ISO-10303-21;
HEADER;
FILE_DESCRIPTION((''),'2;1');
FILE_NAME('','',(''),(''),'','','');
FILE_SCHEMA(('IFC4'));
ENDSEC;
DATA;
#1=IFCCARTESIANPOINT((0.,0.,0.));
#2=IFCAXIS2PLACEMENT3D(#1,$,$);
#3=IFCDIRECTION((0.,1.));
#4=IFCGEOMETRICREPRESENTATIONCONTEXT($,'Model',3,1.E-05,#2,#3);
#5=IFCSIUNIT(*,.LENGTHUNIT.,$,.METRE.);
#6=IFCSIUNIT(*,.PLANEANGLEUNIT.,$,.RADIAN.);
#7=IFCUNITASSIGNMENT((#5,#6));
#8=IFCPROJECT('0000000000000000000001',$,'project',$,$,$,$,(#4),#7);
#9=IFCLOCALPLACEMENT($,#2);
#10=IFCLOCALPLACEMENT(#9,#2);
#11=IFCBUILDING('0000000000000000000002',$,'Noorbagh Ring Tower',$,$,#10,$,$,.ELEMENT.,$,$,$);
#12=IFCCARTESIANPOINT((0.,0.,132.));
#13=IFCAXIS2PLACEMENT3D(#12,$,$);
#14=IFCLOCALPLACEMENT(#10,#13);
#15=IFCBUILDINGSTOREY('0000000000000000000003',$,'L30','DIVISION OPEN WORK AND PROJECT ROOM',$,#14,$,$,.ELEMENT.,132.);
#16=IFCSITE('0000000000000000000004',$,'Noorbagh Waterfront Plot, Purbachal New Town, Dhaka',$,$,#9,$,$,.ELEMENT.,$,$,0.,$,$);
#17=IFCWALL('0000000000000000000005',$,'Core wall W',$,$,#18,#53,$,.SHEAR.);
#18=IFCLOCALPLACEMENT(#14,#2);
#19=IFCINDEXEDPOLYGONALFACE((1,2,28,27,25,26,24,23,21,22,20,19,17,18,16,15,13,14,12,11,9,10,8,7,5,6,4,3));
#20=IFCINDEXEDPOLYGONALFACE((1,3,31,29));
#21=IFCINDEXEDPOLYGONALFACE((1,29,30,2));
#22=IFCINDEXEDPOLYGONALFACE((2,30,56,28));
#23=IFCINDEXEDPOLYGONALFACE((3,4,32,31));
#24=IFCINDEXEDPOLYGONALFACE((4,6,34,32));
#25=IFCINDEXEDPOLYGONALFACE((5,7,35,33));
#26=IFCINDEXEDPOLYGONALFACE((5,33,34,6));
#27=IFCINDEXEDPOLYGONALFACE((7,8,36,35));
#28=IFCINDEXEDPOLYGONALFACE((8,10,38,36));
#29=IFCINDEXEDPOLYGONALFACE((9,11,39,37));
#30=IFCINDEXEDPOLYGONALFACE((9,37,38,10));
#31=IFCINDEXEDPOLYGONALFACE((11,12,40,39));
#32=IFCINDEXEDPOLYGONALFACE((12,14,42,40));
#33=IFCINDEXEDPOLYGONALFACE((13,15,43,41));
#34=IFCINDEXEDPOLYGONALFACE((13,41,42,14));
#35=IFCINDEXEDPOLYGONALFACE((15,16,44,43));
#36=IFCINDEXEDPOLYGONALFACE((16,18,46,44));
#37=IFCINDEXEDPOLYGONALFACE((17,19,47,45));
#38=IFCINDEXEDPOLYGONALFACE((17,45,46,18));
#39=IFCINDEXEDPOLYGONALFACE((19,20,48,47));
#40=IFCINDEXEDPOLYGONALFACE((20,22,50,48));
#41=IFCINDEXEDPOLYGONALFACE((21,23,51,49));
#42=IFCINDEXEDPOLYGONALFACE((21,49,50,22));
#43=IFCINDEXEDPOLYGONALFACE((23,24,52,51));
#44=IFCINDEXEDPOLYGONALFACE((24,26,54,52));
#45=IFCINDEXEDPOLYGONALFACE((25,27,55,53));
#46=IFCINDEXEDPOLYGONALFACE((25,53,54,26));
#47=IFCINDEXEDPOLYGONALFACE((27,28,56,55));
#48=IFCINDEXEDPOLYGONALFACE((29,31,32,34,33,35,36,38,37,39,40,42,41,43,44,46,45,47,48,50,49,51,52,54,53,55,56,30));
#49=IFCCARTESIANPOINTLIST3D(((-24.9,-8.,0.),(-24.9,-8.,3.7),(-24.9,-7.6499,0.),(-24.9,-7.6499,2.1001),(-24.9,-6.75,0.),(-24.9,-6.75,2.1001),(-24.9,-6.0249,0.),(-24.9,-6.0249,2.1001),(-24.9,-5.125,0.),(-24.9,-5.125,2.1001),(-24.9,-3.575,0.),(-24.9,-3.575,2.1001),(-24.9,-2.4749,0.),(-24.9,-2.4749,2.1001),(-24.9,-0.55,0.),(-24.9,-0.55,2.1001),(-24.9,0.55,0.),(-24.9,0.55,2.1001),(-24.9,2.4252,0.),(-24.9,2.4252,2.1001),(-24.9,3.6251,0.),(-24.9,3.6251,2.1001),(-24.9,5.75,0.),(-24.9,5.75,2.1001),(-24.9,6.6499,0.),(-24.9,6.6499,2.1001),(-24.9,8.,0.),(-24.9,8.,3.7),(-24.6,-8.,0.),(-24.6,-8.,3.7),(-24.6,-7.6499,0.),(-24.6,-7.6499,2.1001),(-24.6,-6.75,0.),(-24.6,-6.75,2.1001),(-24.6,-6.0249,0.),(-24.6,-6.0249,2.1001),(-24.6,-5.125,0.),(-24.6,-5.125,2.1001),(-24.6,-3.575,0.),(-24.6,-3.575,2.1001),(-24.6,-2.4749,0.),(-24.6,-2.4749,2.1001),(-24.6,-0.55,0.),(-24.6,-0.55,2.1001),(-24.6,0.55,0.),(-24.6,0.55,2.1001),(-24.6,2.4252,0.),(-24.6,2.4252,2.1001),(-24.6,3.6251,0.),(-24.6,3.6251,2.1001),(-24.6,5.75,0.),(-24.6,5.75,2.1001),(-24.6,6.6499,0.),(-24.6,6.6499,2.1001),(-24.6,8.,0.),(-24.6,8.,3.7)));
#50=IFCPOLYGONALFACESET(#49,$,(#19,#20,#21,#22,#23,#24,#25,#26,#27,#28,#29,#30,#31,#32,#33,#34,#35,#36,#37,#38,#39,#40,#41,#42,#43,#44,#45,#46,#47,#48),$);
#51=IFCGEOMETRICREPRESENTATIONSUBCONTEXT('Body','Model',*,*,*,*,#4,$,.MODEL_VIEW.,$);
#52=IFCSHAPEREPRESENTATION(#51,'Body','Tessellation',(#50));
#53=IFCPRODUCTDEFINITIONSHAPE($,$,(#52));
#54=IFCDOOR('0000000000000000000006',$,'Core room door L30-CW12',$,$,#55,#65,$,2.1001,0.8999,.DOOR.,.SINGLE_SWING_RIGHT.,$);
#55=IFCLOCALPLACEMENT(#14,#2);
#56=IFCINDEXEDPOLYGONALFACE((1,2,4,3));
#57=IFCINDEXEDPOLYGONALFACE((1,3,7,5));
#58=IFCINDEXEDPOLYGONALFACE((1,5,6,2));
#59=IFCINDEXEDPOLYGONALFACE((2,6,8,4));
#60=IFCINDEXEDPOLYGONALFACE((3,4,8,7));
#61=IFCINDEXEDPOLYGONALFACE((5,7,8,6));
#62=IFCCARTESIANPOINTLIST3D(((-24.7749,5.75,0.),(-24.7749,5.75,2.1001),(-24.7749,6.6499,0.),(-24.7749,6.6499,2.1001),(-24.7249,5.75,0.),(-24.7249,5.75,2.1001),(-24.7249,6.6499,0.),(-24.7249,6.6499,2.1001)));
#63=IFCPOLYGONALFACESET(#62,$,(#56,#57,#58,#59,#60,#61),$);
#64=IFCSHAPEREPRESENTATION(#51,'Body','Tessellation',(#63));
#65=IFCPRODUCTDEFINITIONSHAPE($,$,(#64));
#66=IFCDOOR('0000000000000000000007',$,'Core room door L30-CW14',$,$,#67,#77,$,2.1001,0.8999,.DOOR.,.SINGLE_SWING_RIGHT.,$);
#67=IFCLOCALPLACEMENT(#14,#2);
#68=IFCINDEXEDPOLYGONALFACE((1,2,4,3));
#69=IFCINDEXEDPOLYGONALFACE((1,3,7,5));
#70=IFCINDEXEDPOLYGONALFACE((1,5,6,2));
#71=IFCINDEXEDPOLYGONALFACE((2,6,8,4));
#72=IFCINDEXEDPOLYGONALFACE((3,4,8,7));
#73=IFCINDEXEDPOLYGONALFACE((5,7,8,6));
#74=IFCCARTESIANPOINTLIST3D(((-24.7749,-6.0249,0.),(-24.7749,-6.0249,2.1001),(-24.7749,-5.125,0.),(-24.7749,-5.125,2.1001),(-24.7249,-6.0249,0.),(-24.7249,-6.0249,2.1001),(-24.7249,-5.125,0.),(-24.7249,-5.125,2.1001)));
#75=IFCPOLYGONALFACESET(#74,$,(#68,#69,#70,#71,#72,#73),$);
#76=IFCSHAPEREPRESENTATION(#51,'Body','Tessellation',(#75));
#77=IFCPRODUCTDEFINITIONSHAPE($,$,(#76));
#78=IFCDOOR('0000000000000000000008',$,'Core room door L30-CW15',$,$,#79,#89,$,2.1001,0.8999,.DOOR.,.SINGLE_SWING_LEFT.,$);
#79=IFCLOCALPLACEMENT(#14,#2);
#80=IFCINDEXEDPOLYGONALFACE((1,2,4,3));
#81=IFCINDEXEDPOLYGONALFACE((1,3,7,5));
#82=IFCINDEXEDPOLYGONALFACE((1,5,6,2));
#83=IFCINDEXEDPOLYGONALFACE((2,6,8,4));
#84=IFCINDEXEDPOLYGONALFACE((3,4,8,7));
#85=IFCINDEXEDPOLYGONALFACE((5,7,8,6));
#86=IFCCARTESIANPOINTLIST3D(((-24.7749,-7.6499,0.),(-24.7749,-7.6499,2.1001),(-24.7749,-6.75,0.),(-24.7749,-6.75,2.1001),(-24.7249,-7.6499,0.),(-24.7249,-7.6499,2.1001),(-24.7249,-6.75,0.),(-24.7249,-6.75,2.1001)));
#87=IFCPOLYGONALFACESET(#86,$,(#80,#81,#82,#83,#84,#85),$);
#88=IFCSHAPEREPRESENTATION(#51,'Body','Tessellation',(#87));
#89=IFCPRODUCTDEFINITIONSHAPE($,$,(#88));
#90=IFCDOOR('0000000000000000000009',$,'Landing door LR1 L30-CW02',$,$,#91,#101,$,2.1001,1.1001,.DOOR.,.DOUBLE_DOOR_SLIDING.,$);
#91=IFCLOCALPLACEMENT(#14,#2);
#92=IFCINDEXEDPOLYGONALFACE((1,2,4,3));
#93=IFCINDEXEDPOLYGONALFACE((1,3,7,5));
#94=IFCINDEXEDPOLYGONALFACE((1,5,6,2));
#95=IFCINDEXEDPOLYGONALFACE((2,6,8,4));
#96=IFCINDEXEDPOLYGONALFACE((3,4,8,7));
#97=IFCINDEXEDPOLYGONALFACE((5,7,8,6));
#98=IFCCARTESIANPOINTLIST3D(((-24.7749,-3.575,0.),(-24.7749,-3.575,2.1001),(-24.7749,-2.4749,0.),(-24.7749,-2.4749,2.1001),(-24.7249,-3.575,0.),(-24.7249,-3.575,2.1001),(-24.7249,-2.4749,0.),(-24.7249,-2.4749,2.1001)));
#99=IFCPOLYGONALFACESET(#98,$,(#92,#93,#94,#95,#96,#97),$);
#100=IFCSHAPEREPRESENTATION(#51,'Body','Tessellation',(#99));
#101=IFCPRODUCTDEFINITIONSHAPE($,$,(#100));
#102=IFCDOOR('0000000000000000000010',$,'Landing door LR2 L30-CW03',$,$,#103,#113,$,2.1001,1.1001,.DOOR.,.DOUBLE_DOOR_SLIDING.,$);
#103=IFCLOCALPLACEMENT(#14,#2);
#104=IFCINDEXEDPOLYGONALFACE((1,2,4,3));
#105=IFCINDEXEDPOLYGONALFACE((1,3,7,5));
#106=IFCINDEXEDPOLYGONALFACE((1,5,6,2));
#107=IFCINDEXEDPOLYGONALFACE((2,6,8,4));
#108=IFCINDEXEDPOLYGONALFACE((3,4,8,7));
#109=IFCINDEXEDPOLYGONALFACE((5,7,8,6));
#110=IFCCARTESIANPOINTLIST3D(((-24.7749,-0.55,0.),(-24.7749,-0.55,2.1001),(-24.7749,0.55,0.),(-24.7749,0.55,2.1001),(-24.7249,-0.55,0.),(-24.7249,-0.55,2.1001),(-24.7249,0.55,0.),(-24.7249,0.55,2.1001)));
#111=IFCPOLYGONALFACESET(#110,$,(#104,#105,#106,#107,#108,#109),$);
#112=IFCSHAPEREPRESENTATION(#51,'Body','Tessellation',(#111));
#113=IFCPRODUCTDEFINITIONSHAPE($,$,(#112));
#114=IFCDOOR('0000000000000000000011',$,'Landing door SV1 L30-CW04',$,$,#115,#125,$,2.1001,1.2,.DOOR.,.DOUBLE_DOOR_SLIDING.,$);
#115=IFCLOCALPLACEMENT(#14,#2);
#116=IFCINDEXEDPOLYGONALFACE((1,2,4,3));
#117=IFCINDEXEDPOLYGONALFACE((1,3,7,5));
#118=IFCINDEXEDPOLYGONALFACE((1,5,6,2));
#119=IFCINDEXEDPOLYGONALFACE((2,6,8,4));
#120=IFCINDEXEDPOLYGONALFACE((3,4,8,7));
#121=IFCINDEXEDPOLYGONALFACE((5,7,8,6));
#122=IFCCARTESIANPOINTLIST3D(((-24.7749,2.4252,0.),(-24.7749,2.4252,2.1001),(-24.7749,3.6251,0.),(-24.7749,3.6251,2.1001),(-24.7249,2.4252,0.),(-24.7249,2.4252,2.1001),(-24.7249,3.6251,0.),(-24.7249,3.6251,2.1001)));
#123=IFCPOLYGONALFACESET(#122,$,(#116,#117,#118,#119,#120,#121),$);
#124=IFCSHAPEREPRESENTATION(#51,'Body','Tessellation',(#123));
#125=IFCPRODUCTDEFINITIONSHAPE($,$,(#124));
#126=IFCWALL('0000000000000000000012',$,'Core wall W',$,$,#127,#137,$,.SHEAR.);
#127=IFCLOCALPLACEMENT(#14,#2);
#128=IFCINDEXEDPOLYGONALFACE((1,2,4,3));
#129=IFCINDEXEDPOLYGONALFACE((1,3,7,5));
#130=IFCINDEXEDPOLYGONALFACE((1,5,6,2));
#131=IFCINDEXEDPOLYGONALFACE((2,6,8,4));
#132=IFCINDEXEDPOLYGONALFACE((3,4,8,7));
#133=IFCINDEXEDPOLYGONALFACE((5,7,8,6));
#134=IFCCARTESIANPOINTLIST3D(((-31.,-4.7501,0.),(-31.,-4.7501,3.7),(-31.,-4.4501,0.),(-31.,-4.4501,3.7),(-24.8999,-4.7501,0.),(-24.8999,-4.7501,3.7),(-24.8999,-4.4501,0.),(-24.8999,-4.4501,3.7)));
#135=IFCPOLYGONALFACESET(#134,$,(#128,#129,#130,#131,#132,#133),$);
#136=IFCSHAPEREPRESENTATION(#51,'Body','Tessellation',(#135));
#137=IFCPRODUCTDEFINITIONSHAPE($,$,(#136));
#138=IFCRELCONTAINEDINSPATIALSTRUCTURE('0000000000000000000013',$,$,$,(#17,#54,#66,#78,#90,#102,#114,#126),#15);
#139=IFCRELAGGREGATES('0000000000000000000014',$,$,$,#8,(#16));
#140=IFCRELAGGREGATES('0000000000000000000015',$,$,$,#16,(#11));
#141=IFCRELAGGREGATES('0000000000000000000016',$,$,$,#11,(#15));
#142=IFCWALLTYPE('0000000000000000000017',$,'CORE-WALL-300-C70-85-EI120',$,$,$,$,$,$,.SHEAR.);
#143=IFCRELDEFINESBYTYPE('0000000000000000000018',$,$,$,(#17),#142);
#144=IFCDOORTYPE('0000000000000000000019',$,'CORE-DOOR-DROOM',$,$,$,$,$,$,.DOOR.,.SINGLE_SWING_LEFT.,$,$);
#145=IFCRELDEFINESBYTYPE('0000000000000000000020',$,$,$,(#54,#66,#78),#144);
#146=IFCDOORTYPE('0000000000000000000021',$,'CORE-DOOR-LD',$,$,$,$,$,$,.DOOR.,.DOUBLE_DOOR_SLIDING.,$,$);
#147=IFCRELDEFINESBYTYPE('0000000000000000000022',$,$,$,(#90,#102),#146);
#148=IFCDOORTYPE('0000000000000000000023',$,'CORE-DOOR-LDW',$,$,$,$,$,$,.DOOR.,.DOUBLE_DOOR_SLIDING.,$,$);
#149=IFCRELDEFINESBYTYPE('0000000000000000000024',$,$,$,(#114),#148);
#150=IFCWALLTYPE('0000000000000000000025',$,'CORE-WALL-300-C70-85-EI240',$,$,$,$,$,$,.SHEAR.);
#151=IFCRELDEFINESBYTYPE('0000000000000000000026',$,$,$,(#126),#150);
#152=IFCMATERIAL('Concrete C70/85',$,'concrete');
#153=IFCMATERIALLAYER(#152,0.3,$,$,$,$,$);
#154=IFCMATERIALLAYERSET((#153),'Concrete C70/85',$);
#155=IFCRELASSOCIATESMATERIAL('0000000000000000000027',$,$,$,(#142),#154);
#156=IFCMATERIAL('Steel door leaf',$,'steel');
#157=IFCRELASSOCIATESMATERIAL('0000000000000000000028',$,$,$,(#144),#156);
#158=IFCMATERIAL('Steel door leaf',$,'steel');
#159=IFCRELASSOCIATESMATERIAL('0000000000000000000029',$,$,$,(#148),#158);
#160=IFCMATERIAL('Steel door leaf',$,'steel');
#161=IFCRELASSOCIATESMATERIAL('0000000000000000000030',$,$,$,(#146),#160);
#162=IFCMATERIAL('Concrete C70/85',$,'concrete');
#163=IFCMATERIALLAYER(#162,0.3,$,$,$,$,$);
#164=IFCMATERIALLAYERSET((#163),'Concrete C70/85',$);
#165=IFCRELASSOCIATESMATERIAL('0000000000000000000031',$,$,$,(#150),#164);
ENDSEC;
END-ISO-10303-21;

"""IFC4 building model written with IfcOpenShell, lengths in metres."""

from ifc_helpers import new_model, si_unit, direction, frame, frame_2d, origin, place, context, subcontext, project, spatial, rectangle, extrude, material, layer, layer_set, type_object, element, fill, save


model = new_model("IFC4")

# Units and contexts
model_context = context("Model", 3, precision=1e-05, world=origin(), true_north=direction((0.0, 1.0)))
body_context = subcontext(model_context, "Body", "Model", "MODEL_VIEW")
ifc_project = project(units=[si_unit("LENGTHUNIT", "METRE"), si_unit("PLANEANGLEUNIT", "RADIAN")], contexts=[model_context])

# Site, building, storey
site_placement = place(None, origin())
site = spatial("IfcSite", under=ifc_project, at=site_placement, Name="Noorbagh Waterfront Plot, Purbachal New Town, Dhaka", CompositionType="ELEMENT", RefElevation=0.0)
building_placement = place(site_placement, origin())
building = spatial("IfcBuilding", under=site, at=building_placement, Name="Noorbagh Ring Tower", CompositionType="ELEMENT")
storey_placement = place(building_placement, frame((0.0, 0.0, 132.0)))
storey = spatial("IfcBuildingStorey", under=building, at=storey_placement, Name="L30", Description="DIVISION OPEN WORK AND PROJECT ROOM", CompositionType="ELEMENT", Elevation=132.0)

# Shared definitions
ifc_material_1 = material(Name="Concrete C70/85", Category="concrete")
ifc_layer_1 = layer(ifc_material_1, 0.3)
ifc_layer_set_1 = layer_set([ifc_layer_1], Name="Concrete C70/85")
wall_type_1 = type_object("IfcWallType", Name="CORE-WALL-300-C70-85-EI120", PredefinedType="SHEAR", material=ifc_layer_set_1)

# Wall, openings, doors
ifc_material_2 = material(Name="Steel door leaf", Category="steel")
door_type_1 = type_object("IfcDoorType", Name="CORE-DOOR-DROOM", OperationType="SINGLE_SWING_LEFT", PredefinedType="DOOR", material=ifc_material_2)
ifc_material_3 = material(Name="Steel door leaf", Category="steel")
door_type_2 = type_object("IfcDoorType", Name="CORE-DOOR-LDW", OperationType="DOUBLE_DOOR_SLIDING", PredefinedType="DOOR", material=ifc_material_3)
wall_1_placement = place(storey_placement, frame((-24.75, -8.0, 0.0), z_axis=(0.0, 0.0, 1.0), x_axis=(0.0, 1.0, 0.0)))
wall_1 = element("IfcWall", 1, at=wall_1_placement, inside=storey, type_object=wall_type_1, Name="Core wall W", PredefinedType="SHEAR", context=body_context, shape_type="SweptSolid", body=[
    extrude(rectangle(XDim=16.0, YDim=0.3, at=frame_2d((8.0, 0.0))), origin(), (0.0, 0.0, 1.0), 3.7),
])
opening_1_placement = place(wall_1_placement, frame((4.425, 0.0, 0.0)))
opening_1 = element("IfcOpeningElement", 2, at=opening_1_placement, cuts=wall_1, PredefinedType="OPENING", context=body_context, shape_type="SweptSolid", body=[
    extrude(rectangle(XDim=1.1001, YDim=2.1001, at=frame_2d((0.55, 1.05))), frame((0.0, 0.1602, 0.0), z_axis=(0.0, -1.0, 0.0), x_axis=(1.0, 0.0, 0.0)), (0.0, 0.0, 1.0), 0.3201),
])
opening_2_placement = place(wall_1_placement, frame((7.45, 0.0, 0.0)))
opening_2 = element("IfcOpeningElement", 3, at=opening_2_placement, cuts=wall_1, PredefinedType="OPENING", context=body_context, shape_type="SweptSolid", body=[
    extrude(rectangle(XDim=1.1001, YDim=2.1001, at=frame_2d((0.55, 1.05))), frame((0.0, 0.1602, 0.0), z_axis=(0.0, -1.0, 0.0), x_axis=(1.0, 0.0, 0.0)), (0.0, 0.0, 1.0), 0.3201),
])
opening_3_placement = place(wall_1_placement, frame((10.425, 0.0, 0.0)))
opening_3 = element("IfcOpeningElement", 4, at=opening_3_placement, cuts=wall_1, PredefinedType="OPENING", context=body_context, shape_type="SweptSolid", body=[
    extrude(rectangle(XDim=1.2, YDim=2.1001, at=frame_2d((0.6001, 1.05))), frame((0.0, 0.1602, 0.0), z_axis=(0.0, -1.0, 0.0), x_axis=(1.0, 0.0, 0.0)), (0.0, 0.0, 1.0), 0.3201),
])
opening_4_placement = place(wall_1_placement, frame((13.75, 0.0, 0.0)))
opening_4 = element("IfcOpeningElement", 5, at=opening_4_placement, cuts=wall_1, PredefinedType="OPENING", context=body_context, shape_type="SweptSolid", body=[
    extrude(rectangle(XDim=0.8999, YDim=2.1001, at=frame_2d((0.45, 1.05))), frame((0.0, 0.1602, 0.0), z_axis=(0.0, -1.0, 0.0), x_axis=(1.0, 0.0, 0.0)), (0.0, 0.0, 1.0), 0.3201),
])
opening_5_placement = place(wall_1_placement, frame((1.9751, 0.0, 0.0)))
opening_5 = element("IfcOpeningElement", 6, at=opening_5_placement, cuts=wall_1, PredefinedType="OPENING", context=body_context, shape_type="SweptSolid", body=[
    extrude(rectangle(XDim=0.8999, YDim=2.1001, at=frame_2d((0.45, 1.05))), frame((0.0, 0.1602, 0.0), z_axis=(0.0, -1.0, 0.0), x_axis=(1.0, 0.0, 0.0)), (0.0, 0.0, 1.0), 0.3201),
])
opening_6_placement = place(wall_1_placement, frame((0.3501, 0.0, 0.0)))
opening_6 = element("IfcOpeningElement", 7, at=opening_6_placement, cuts=wall_1, PredefinedType="OPENING", context=body_context, shape_type="SweptSolid", body=[
    extrude(rectangle(XDim=0.8999, YDim=2.1001, at=frame_2d((0.45, 1.05))), frame((0.0, 0.1602, 0.0), z_axis=(0.0, -1.0, 0.0), x_axis=(1.0, 0.0, 0.0)), (0.0, 0.0, 1.0), 0.3201),
])
door_1_placement = place(opening_4_placement, origin())
door_1 = element("IfcDoor", 8, at=door_1_placement, inside=storey, type_object=door_type_1, Name="Core room door L30-CW12", OperationType="SINGLE_SWING_RIGHT", OverallHeight=2.1001, OverallWidth=0.8999, PredefinedType="DOOR", context=body_context, shape_type="SweptSolid", body=[
    extrude(rectangle(XDim=0.8999, YDim=2.1001, at=frame_2d((0.45, 1.05))), frame((0.0, 0.0249, 0.0), z_axis=(0.0, -1.0, 0.0), x_axis=(1.0, 0.0, 0.0)), (0.0, 0.0, 1.0), 0.05),
])
fill(opening_4, door_1)
door_2_placement = place(opening_5_placement, origin())
door_2 = element("IfcDoor", 9, at=door_2_placement, inside=storey, type_object=door_type_1, Name="Core room door L30-CW14", OperationType="SINGLE_SWING_RIGHT", OverallHeight=2.1001, OverallWidth=0.8999, PredefinedType="DOOR", context=body_context, shape_type="SweptSolid", body=[
    extrude(rectangle(XDim=0.8999, YDim=2.1001, at=frame_2d((0.45, 1.05))), frame((0.0, 0.0249, 0.0), z_axis=(0.0, -1.0, 0.0), x_axis=(1.0, 0.0, 0.0)), (0.0, 0.0, 1.0), 0.05),
])
fill(opening_5, door_2)
door_3_placement = place(opening_6_placement, origin())
door_3 = element("IfcDoor", 10, at=door_3_placement, inside=storey, type_object=door_type_1, Name="Core room door L30-CW15", OperationType="SINGLE_SWING_LEFT", OverallHeight=2.1001, OverallWidth=0.8999, PredefinedType="DOOR", context=body_context, shape_type="SweptSolid", body=[
    extrude(rectangle(XDim=0.8999, YDim=2.1001, at=frame_2d((0.45, 1.05))), frame((0.0, 0.0249, 0.0), z_axis=(0.0, -1.0, 0.0), x_axis=(1.0, 0.0, 0.0)), (0.0, 0.0, 1.0), 0.05),
])
fill(opening_6, door_3)
ifc_material_4 = material(Name="Steel door leaf", Category="steel")
door_type_3 = type_object("IfcDoorType", Name="CORE-DOOR-LD", OperationType="DOUBLE_DOOR_SLIDING", PredefinedType="DOOR", material=ifc_material_4)
door_4_placement = place(opening_1_placement, origin())
door_4 = element("IfcDoor", 11, at=door_4_placement, inside=storey, type_object=door_type_3, Name="Landing door LR1 L30-CW02", OperationType="DOUBLE_DOOR_SLIDING", OverallHeight=2.1001, OverallWidth=1.1001, PredefinedType="DOOR", context=body_context, shape_type="SweptSolid", body=[
    extrude(rectangle(XDim=1.1001, YDim=2.1001, at=frame_2d((0.55, 1.05))), frame((0.0, 0.0249, 0.0), z_axis=(0.0, -1.0, 0.0), x_axis=(1.0, 0.0, 0.0)), (0.0, 0.0, 1.0), 0.05),
])
fill(opening_1, door_4)
door_5_placement = place(opening_2_placement, origin())
door_5 = element("IfcDoor", 12, at=door_5_placement, inside=storey, type_object=door_type_3, Name="Landing door LR2 L30-CW03", OperationType="DOUBLE_DOOR_SLIDING", OverallHeight=2.1001, OverallWidth=1.1001, PredefinedType="DOOR", context=body_context, shape_type="SweptSolid", body=[
    extrude(rectangle(XDim=1.1001, YDim=2.1001, at=frame_2d((0.55, 1.05))), frame((0.0, 0.0249, 0.0), z_axis=(0.0, -1.0, 0.0), x_axis=(1.0, 0.0, 0.0)), (0.0, 0.0, 1.0), 0.05),
])
fill(opening_2, door_5)
door_6_placement = place(opening_3_placement, origin())
door_6 = element("IfcDoor", 13, at=door_6_placement, inside=storey, type_object=door_type_2, Name="Landing door SV1 L30-CW04", OperationType="DOUBLE_DOOR_SLIDING", OverallHeight=2.1001, OverallWidth=1.2, PredefinedType="DOOR", context=body_context, shape_type="SweptSolid", body=[
    extrude(rectangle(XDim=1.2, YDim=2.1001, at=frame_2d((0.6001, 1.05))), frame((0.0, 0.0249, 0.0), z_axis=(0.0, -1.0, 0.0), x_axis=(1.0, 0.0, 0.0)), (0.0, 0.0, 1.0), 0.05),
])
fill(opening_3, door_6)

# Wall
ifc_material_5 = material(Name="Concrete C70/85", Category="concrete")
ifc_layer_2 = layer(ifc_material_5, 0.3)
ifc_layer_set_2 = layer_set([ifc_layer_2], Name="Concrete C70/85")
wall_type_2 = type_object("IfcWallType", Name="CORE-WALL-300-C70-85-EI240", PredefinedType="SHEAR", material=ifc_layer_set_2)
wall_2_placement = place(storey_placement, frame((-24.8999, -4.6001, 0.0), z_axis=(0.0, 0.0, 1.0), x_axis=(-1.0, 0.0, 0.0)))
element("IfcWall", 14, at=wall_2_placement, inside=storey, type_object=wall_type_2, Name="Core wall W", PredefinedType="SHEAR", context=body_context, shape_type="SweptSolid", body=[
    extrude(rectangle(XDim=6.1001, YDim=0.3, at=frame_2d((3.05, 0.0))), origin(), (0.0, 0.0, 1.0), 3.7),
])

save(model, "model.ifc")
